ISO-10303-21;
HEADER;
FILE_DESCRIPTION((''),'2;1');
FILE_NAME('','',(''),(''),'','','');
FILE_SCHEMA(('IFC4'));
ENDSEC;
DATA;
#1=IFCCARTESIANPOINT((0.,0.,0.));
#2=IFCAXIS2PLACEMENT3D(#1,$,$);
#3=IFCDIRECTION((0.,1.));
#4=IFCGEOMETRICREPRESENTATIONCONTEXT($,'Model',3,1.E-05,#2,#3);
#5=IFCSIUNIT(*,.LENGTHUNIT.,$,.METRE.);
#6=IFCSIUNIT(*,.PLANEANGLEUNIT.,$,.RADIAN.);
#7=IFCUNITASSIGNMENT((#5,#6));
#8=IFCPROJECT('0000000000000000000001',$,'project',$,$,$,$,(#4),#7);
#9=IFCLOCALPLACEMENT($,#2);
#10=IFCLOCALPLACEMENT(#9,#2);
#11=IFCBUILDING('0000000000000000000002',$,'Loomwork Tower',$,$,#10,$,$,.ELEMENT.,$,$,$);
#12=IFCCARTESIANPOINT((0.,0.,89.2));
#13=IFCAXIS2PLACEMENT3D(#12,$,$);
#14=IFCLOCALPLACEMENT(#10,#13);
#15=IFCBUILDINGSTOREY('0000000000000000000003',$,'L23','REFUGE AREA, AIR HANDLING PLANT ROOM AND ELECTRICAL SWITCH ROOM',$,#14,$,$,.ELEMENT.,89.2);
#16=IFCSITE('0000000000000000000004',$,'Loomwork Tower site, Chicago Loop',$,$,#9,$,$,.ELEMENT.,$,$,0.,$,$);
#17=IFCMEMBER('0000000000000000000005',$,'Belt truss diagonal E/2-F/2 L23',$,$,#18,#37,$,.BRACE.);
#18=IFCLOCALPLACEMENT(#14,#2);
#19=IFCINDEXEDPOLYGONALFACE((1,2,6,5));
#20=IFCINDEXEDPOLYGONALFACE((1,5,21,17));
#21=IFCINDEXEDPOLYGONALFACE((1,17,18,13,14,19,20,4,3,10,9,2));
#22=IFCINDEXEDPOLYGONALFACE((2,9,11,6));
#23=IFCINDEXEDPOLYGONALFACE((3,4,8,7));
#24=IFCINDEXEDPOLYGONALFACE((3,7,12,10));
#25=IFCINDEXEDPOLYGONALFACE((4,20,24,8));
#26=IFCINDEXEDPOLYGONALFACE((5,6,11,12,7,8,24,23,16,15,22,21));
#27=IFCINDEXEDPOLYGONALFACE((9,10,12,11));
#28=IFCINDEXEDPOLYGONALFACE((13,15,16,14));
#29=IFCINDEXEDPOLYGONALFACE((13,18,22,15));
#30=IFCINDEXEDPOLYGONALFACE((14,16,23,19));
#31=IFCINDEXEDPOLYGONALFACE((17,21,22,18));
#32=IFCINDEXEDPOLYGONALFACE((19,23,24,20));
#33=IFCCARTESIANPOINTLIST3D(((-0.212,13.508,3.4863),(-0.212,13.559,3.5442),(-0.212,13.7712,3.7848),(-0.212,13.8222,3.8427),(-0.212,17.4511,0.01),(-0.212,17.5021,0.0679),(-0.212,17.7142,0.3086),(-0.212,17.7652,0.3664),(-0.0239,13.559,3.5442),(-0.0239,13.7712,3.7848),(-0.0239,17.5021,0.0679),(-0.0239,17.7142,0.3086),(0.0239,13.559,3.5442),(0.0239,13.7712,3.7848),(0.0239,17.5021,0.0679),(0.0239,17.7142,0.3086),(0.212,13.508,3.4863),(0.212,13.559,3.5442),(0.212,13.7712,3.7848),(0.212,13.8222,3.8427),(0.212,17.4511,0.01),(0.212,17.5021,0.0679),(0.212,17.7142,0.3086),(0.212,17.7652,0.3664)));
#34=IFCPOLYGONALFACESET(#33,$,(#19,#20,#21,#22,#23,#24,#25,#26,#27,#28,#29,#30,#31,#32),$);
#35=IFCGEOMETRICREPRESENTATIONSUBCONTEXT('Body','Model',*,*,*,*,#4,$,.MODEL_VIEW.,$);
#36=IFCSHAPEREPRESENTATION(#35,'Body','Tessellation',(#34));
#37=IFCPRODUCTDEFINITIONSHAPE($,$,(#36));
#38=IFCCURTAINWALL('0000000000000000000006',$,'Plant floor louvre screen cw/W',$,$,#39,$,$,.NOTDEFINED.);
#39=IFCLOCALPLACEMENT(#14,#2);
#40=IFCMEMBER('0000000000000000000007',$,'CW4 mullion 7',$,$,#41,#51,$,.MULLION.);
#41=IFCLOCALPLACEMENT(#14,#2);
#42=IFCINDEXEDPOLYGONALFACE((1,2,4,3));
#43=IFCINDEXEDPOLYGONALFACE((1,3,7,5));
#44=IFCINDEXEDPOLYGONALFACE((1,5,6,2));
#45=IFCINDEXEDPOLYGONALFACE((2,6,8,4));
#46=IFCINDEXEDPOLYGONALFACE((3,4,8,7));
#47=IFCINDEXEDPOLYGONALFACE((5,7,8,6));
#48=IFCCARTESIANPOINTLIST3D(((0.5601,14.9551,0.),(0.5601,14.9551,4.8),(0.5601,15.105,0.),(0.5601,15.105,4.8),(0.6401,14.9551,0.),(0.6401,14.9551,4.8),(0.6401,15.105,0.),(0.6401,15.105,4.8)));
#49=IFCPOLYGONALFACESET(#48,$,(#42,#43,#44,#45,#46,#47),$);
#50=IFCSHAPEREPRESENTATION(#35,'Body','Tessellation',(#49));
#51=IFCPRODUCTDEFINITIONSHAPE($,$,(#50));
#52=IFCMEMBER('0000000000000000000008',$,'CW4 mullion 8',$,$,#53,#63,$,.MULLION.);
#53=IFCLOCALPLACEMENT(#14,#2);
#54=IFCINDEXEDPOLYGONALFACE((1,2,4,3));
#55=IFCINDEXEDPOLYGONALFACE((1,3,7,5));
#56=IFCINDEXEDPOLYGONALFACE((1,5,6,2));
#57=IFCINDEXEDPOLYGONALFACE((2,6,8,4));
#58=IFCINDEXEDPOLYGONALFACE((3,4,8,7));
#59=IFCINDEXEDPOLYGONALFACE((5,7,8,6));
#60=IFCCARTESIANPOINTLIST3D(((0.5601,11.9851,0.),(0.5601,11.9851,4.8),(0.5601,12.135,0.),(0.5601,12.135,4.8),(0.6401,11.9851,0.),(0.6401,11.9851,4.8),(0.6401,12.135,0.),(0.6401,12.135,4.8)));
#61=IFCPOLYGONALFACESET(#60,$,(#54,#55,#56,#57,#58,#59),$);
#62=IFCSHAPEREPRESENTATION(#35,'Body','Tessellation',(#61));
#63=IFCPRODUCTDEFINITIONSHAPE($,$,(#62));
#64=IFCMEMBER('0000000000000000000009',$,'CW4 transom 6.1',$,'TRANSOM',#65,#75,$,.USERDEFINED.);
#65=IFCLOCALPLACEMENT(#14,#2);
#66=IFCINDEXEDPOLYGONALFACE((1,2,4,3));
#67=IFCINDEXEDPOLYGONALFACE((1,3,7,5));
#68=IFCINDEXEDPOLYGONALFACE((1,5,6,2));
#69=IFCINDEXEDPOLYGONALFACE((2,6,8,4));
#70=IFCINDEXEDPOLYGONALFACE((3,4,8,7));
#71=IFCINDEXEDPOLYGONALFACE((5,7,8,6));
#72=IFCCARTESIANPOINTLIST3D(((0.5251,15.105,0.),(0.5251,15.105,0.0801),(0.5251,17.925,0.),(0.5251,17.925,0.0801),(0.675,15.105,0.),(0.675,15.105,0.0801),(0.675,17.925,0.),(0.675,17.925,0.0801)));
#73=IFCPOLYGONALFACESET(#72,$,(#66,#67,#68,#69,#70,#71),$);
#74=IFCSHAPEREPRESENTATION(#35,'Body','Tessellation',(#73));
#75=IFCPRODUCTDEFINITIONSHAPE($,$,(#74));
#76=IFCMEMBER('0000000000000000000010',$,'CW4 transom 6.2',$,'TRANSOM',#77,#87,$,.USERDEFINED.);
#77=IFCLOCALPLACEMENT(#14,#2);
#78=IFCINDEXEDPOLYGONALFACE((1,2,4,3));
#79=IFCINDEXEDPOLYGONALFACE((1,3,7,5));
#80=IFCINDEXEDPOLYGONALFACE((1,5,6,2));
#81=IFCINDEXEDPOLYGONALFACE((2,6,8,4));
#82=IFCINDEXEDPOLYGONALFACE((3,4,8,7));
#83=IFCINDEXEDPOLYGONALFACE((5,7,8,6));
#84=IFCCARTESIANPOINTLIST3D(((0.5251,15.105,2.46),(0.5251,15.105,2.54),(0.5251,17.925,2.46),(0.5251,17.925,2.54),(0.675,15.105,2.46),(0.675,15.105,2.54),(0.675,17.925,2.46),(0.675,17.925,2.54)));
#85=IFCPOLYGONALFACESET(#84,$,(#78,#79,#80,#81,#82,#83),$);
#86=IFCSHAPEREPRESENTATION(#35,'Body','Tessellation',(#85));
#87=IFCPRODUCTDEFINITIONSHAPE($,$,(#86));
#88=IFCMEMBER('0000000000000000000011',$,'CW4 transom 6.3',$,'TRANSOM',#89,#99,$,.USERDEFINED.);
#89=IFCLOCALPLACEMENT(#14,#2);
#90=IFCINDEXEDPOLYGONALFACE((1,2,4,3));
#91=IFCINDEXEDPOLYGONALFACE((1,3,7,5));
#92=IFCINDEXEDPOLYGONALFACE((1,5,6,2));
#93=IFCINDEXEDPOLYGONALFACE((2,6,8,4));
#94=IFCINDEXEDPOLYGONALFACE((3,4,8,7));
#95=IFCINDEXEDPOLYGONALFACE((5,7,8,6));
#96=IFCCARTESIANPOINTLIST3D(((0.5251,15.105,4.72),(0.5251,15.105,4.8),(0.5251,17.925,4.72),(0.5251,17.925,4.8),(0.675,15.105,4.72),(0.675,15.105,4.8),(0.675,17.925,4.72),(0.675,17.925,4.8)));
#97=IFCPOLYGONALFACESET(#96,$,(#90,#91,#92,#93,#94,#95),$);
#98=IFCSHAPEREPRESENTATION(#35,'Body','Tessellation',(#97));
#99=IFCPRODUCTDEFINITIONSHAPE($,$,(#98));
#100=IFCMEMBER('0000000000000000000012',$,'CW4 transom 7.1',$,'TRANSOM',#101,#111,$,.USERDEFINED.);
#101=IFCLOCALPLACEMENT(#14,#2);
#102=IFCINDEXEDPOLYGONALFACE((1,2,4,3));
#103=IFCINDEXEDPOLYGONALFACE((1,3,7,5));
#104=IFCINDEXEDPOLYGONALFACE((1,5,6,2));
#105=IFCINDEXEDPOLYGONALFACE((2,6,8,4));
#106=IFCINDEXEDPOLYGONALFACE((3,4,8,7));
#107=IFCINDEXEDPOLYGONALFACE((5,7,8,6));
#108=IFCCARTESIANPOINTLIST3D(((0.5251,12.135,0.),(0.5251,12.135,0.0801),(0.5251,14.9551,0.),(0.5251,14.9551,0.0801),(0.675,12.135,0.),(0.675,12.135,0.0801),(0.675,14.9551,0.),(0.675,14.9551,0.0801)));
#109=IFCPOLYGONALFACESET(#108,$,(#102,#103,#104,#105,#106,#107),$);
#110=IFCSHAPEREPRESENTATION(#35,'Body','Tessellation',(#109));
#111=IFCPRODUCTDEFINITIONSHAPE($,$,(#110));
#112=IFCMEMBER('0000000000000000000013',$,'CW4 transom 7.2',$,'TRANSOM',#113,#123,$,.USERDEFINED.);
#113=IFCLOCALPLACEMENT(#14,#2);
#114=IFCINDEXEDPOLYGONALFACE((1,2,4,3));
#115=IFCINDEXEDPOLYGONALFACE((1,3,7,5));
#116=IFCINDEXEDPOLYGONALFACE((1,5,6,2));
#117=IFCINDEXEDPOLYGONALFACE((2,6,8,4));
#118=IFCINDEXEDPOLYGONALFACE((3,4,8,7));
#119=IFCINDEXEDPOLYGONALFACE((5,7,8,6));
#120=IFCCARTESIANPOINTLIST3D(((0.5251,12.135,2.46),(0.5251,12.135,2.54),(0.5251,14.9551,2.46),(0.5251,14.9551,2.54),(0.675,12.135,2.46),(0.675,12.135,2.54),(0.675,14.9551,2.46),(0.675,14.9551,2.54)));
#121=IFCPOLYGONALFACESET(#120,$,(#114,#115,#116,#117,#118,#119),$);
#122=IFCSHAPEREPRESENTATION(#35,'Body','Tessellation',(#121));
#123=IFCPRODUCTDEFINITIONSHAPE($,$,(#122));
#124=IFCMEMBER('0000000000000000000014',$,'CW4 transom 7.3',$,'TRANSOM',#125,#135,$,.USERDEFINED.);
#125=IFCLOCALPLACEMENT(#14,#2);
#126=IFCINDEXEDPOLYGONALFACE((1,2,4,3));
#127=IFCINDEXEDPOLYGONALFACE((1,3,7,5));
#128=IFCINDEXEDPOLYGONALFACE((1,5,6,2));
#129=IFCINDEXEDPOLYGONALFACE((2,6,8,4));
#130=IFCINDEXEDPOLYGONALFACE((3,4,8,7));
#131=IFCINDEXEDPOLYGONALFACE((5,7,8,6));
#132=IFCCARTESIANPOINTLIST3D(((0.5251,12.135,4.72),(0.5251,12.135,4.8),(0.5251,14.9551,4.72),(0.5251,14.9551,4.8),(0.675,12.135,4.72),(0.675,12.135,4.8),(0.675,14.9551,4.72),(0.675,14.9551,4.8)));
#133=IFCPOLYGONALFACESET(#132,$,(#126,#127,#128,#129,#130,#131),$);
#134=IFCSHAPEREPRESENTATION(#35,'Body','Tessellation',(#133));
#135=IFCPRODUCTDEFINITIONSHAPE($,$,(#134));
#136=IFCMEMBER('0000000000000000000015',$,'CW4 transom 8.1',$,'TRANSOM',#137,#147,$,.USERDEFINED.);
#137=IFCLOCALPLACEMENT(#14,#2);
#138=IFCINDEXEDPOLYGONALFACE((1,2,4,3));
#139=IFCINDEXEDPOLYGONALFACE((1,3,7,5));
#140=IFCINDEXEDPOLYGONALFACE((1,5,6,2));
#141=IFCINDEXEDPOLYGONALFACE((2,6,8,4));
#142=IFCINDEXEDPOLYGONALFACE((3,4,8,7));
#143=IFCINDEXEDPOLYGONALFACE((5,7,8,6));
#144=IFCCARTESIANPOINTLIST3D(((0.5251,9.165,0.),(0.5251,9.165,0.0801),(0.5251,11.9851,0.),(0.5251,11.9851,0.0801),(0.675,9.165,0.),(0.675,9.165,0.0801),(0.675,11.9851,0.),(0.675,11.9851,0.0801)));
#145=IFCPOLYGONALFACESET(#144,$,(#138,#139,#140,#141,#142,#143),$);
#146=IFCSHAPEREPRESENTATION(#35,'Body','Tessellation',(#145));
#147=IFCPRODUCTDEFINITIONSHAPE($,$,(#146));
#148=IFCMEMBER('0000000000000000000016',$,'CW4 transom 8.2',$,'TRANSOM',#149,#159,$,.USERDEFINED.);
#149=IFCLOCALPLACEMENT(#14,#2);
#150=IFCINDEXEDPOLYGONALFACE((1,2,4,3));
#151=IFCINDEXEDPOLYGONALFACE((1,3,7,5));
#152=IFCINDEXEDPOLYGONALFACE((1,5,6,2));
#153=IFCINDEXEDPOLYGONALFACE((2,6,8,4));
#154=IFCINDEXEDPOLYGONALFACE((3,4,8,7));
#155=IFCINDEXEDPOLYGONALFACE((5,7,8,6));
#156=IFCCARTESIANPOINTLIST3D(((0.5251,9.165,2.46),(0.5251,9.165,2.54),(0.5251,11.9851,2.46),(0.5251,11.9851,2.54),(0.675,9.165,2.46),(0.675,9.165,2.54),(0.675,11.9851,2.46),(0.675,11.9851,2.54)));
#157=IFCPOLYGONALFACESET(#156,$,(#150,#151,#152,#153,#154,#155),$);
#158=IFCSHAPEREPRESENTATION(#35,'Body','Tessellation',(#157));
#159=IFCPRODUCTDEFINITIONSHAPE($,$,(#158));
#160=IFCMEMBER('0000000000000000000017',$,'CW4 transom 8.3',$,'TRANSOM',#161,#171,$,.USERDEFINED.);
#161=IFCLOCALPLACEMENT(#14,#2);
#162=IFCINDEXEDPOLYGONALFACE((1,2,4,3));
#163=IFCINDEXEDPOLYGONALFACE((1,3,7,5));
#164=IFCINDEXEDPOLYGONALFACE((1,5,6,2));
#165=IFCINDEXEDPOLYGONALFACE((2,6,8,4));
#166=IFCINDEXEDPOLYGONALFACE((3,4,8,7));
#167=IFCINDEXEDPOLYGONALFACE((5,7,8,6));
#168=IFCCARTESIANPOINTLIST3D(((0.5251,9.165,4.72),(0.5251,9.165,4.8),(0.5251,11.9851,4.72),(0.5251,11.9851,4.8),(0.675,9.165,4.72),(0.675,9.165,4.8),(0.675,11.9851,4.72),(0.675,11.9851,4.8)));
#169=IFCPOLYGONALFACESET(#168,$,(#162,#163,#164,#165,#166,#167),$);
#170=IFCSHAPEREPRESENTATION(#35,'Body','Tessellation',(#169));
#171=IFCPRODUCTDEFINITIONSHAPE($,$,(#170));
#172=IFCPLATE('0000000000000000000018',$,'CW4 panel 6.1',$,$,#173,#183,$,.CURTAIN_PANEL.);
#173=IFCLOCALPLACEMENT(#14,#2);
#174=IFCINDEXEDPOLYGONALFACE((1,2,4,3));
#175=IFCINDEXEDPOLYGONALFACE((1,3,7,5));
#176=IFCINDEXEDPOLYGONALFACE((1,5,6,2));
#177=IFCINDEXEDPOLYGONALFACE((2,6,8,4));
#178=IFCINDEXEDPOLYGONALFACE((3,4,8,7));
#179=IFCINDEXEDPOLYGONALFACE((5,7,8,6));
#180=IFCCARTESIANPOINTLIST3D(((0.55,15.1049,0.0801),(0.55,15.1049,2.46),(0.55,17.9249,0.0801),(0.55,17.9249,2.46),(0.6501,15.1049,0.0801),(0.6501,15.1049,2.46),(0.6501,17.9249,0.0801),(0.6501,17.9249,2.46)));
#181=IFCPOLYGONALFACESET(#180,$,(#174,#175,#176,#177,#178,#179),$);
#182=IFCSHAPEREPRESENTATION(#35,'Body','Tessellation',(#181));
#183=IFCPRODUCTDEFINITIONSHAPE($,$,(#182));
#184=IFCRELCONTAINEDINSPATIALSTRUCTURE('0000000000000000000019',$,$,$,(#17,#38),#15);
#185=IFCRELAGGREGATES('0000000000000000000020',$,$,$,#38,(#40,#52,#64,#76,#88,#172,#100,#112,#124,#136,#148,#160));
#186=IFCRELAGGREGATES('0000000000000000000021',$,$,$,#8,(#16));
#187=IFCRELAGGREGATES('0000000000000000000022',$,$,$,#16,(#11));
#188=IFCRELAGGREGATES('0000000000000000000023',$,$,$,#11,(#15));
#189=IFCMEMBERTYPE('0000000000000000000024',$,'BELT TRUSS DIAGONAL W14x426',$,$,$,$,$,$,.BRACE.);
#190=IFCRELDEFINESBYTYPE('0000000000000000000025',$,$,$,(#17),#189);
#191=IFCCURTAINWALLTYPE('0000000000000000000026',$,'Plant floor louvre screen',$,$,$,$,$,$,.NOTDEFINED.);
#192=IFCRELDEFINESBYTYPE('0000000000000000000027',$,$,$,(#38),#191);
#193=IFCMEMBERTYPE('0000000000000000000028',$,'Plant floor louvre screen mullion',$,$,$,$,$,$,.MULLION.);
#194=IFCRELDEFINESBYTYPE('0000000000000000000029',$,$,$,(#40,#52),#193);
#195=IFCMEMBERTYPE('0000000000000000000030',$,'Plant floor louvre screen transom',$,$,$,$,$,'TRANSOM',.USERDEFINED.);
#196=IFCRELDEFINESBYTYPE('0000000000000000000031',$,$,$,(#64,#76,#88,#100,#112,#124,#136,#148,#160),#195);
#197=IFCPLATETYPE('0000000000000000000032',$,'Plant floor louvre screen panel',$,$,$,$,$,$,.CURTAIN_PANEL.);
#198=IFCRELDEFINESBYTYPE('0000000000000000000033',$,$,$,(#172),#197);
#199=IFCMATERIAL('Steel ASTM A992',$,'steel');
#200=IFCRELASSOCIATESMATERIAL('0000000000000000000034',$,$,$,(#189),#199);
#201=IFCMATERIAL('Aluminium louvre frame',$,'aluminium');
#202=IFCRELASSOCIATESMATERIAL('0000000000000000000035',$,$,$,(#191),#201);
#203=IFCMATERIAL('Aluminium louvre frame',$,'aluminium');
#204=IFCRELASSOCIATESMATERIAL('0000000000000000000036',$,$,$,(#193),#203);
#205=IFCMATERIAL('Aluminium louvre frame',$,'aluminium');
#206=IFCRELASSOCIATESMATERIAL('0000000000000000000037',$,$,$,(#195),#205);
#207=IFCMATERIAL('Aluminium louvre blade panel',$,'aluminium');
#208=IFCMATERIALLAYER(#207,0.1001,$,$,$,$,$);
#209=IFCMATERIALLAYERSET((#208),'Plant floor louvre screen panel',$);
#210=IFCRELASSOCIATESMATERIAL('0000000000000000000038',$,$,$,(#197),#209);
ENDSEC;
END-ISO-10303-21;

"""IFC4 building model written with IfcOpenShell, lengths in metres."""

from ifc_helpers import new_model, si_unit, direction, frame, origin, origin_2d, place, context, subcontext, project, spatial, rectangle, i_section, extrude, material, layer, layer_set, material_profile, profile_set, type_object, element, aggregate, save


model = new_model("IFC4")

# Units and contexts
model_context = context("Model", 3, precision=1e-05, world=origin(), true_north=direction((0.0, 1.0)))
body_context = subcontext(model_context, "Body", "Model", "MODEL_VIEW")
ifc_project = project(units=[si_unit("LENGTHUNIT", "METRE"), si_unit("PLANEANGLEUNIT", "RADIAN")], contexts=[model_context])

# Site, building, storey
site_placement = place(None, origin())
site = spatial("IfcSite", under=ifc_project, at=site_placement, Name="Loomwork Tower site, Chicago Loop", CompositionType="ELEMENT", RefElevation=0.0)
building_placement = place(site_placement, origin())
building = spatial("IfcBuilding", under=site, at=building_placement, Name="Loomwork Tower", CompositionType="ELEMENT")
storey_placement = place(building_placement, frame((0.0, 0.0, 89.2)))
storey = spatial("IfcBuildingStorey", under=building, at=storey_placement, Name="L23", Description="REFUGE AREA, AIR HANDLING PLANT ROOM AND ELECTRICAL SWITCH ROOM", CompositionType="ELEMENT", Elevation=89.2)

# Member
ifc_material_1 = material(Name="Steel ASTM A992", Category="steel")
ifc_material_profile_1 = material_profile(ifc_material_1, i_section(OverallWidth=0.4241, OverallDepth=0.4751, WebThickness=0.0479, FlangeThickness=0.0771, at=origin_2d()), Name="W14x426")
ifc_profile_set_1 = profile_set([ifc_material_profile_1], Name="Steel ASTM A992")
member_type_1 = type_object("IfcMemberType", Name="BELT TRUSS DIAGONAL W14x426", PredefinedType="BRACE", material=ifc_profile_set_1)
member_1_placement = place(storey_placement, frame((0.0, 17.6082, 0.1882), z_axis=(0.0, -0.750112, 0.661311), x_axis=(1.0, 0.0, 0.0)))
element("IfcMember", 1, at=member_1_placement, inside=storey, type_object=member_type_1, Name="Belt truss diagonal E/2-F/2 L23", PredefinedType="BRACE", context=body_context, shape_type="SweptSolid", body=[
    extrude(i_section(OverallWidth=0.4241, OverallDepth=0.4751, WebThickness=0.0479, FlangeThickness=0.0771, at=origin_2d()), origin(), (0.0, 0.0, 1.0), 5.2566),
])

# Curtain wall, members, plate
ifc_material_2 = material(Name="Aluminium louvre frame", Category="aluminium")
curtain_wall_type = type_object("IfcCurtainWallType", Name="Plant floor louvre screen", PredefinedType="NOTDEFINED", material=ifc_material_2)
curtain_wall_placement = place(storey_placement, origin())
curtain_wall = element("IfcCurtainWall", 2, at=curtain_wall_placement, inside=storey, type_object=curtain_wall_type, Name="Plant floor louvre screen cw/W", PredefinedType="NOTDEFINED")
ifc_material_3 = material(Name="Aluminium louvre frame", Category="aluminium")
ifc_material_profile_2 = material_profile(ifc_material_3, rectangle(XDim=0.0801, YDim=0.1499, at=origin_2d()), Name="AL 80x150")
ifc_profile_set_2 = profile_set([ifc_material_profile_2], Name="Aluminium louvre frame")
member_type_2 = type_object("IfcMemberType", Name="Plant floor louvre screen mullion", PredefinedType="MULLION", material=ifc_profile_set_2)
member_2_placement = place(storey_placement, frame((0.6001, 15.03, 0.0), z_axis=(0.0, 0.0, 1.0), x_axis=(1.0, 0.0, 0.0)))
member_2 = element("IfcMember", 3, at=member_2_placement, type_object=member_type_2, Name="CW4 mullion 7", PredefinedType="MULLION", context=body_context, shape_type="SweptSolid", body=[
    extrude(rectangle(XDim=0.0801, YDim=0.1499, at=origin_2d()), origin(), (0.0, 0.0, 1.0), 4.8),
])
member_3_placement = place(storey_placement, frame((0.6001, 12.0601, 0.0), z_axis=(0.0, 0.0, 1.0), x_axis=(1.0, 0.0, 0.0)))
member_3 = element("IfcMember", 4, at=member_3_placement, type_object=member_type_2, Name="CW4 mullion 8", PredefinedType="MULLION", context=body_context, shape_type="SweptSolid", body=[
    extrude(rectangle(XDim=0.0801, YDim=0.1499, at=origin_2d()), origin(), (0.0, 0.0, 1.0), 4.8),
])
ifc_material_4 = material(Name="Aluminium louvre frame", Category="aluminium")
ifc_material_profile_3 = material_profile(ifc_material_4, rectangle(XDim=0.1499, YDim=0.0801, at=origin_2d()), Name="AL 80x150")
ifc_profile_set_3 = profile_set([ifc_material_profile_3], Name="Aluminium louvre frame")
member_type_3 = type_object("IfcMemberType", Name="Plant floor louvre screen transom", ElementType="TRANSOM", PredefinedType="USERDEFINED", material=ifc_profile_set_3)
member_4_placement = place(storey_placement, frame((0.6001, 17.925, 0.04), z_axis=(0.0, -1.0, 0.0), x_axis=(1.0, 0.0, 0.0)))
member_4 = element("IfcMember", 5, at=member_4_placement, type_object=member_type_3, Name="CW4 transom 6.1", ObjectType="TRANSOM", PredefinedType="USERDEFINED", context=body_context, shape_type="SweptSolid", body=[
    extrude(rectangle(XDim=0.1499, YDim=0.0801, at=origin_2d()), origin(), (0.0, 0.0, 1.0), 2.8201),
])
member_5_placement = place(storey_placement, frame((0.6001, 17.925, 2.5), z_axis=(0.0, -1.0, 0.0), x_axis=(1.0, 0.0, 0.0)))
member_5 = element("IfcMember", 6, at=member_5_placement, type_object=member_type_3, Name="CW4 transom 6.2", ObjectType="TRANSOM", PredefinedType="USERDEFINED", context=body_context, shape_type="SweptSolid", body=[
    extrude(rectangle(XDim=0.1499, YDim=0.0801, at=origin_2d()), origin(), (0.0, 0.0, 1.0), 2.8201),
])
member_6_placement = place(storey_placement, frame((0.6001, 17.925, 4.76), z_axis=(0.0, -1.0, 0.0), x_axis=(1.0, 0.0, 0.0)))
member_6 = element("IfcMember", 7, at=member_6_placement, type_object=member_type_3, Name="CW4 transom 6.3", ObjectType="TRANSOM", PredefinedType="USERDEFINED", context=body_context, shape_type="SweptSolid", body=[
    extrude(rectangle(XDim=0.1499, YDim=0.0801, at=origin_2d()), origin(), (0.0, 0.0, 1.0), 2.8201),
])
member_7_placement = place(storey_placement, frame((0.6001, 14.9551, 0.04), z_axis=(0.0, -1.0, 0.0), x_axis=(1.0, 0.0, 0.0)))
member_7 = element("IfcMember", 8, at=member_7_placement, type_object=member_type_3, Name="CW4 transom 7.1", ObjectType="TRANSOM", PredefinedType="USERDEFINED", context=body_context, shape_type="SweptSolid", body=[
    extrude(rectangle(XDim=0.1499, YDim=0.0801, at=origin_2d()), origin(), (0.0, 0.0, 1.0), 2.8201),
])
member_8_placement = place(storey_placement, frame((0.6001, 14.9551, 2.5), z_axis=(0.0, -1.0, 0.0), x_axis=(1.0, 0.0, 0.0)))
member_8 = element("IfcMember", 9, at=member_8_placement, type_object=member_type_3, Name="CW4 transom 7.2", ObjectType="TRANSOM", PredefinedType="USERDEFINED", context=body_context, shape_type="SweptSolid", body=[
    extrude(rectangle(XDim=0.1499, YDim=0.0801, at=origin_2d()), origin(), (0.0, 0.0, 1.0), 2.8201),
])
member_9_placement = place(storey_placement, frame((0.6001, 14.9551, 4.76), z_axis=(0.0, -1.0, 0.0), x_axis=(1.0, 0.0, 0.0)))
member_9 = element("IfcMember", 10, at=member_9_placement, type_object=member_type_3, Name="CW4 transom 7.3", ObjectType="TRANSOM", PredefinedType="USERDEFINED", context=body_context, shape_type="SweptSolid", body=[
    extrude(rectangle(XDim=0.1499, YDim=0.0801, at=origin_2d()), origin(), (0.0, 0.0, 1.0), 2.8201),
])
member_10_placement = place(storey_placement, frame((0.6001, 11.9851, 0.04), z_axis=(0.0, -1.0, 0.0), x_axis=(1.0, 0.0, 0.0)))
member_10 = element("IfcMember", 11, at=member_10_placement, type_object=member_type_3, Name="CW4 transom 8.1", ObjectType="TRANSOM", PredefinedType="USERDEFINED", context=body_context, shape_type="SweptSolid", body=[
    extrude(rectangle(XDim=0.1499, YDim=0.0801, at=origin_2d()), origin(), (0.0, 0.0, 1.0), 2.8201),
])
member_11_placement = place(storey_placement, frame((0.6001, 11.9851, 2.5), z_axis=(0.0, -1.0, 0.0), x_axis=(1.0, 0.0, 0.0)))
member_11 = element("IfcMember", 12, at=member_11_placement, type_object=member_type_3, Name="CW4 transom 8.2", ObjectType="TRANSOM", PredefinedType="USERDEFINED", context=body_context, shape_type="SweptSolid", body=[
    extrude(rectangle(XDim=0.1499, YDim=0.0801, at=origin_2d()), origin(), (0.0, 0.0, 1.0), 2.8201),
])
member_12_placement = place(storey_placement, frame((0.6001, 11.9851, 4.76), z_axis=(0.0, -1.0, 0.0), x_axis=(1.0, 0.0, 0.0)))
member_12 = element("IfcMember", 13, at=member_12_placement, type_object=member_type_3, Name="CW4 transom 8.3", ObjectType="TRANSOM", PredefinedType="USERDEFINED", context=body_context, shape_type="SweptSolid", body=[
    extrude(rectangle(XDim=0.1499, YDim=0.0801, at=origin_2d()), origin(), (0.0, 0.0, 1.0), 2.8201),
])
ifc_material_5 = material(Name="Aluminium louvre blade panel", Category="aluminium")
ifc_layer_1 = layer(ifc_material_5, 0.1001)
ifc_layer_set_1 = layer_set([ifc_layer_1], Name="Plant floor louvre screen panel")
plate_type_1 = type_object("IfcPlateType", Name="Plant floor louvre screen panel", PredefinedType="CURTAIN_PANEL", material=ifc_layer_set_1)
plate_1_placement = place(storey_placement, frame((0.6001, 16.5149, 0.0801), z_axis=(0.0, 0.0, 1.0), x_axis=(0.0, -1.0, 0.0)))
plate_1 = element("IfcPlate", 14, at=plate_1_placement, type_object=plate_type_1, Name="CW4 panel 6.1", PredefinedType="CURTAIN_PANEL", context=body_context, shape_type="SweptSolid", body=[
    extrude(rectangle(XDim=2.8201, YDim=0.1001, at=origin_2d()), origin(), (0.0, 0.0, 1.0), 2.3799),
])
aggregate(curtain_wall, [member_2, member_3, member_4, member_5, member_6, plate_1, member_7, member_8, member_9, member_10, member_11, member_12])

save(model, "model.ifc")
